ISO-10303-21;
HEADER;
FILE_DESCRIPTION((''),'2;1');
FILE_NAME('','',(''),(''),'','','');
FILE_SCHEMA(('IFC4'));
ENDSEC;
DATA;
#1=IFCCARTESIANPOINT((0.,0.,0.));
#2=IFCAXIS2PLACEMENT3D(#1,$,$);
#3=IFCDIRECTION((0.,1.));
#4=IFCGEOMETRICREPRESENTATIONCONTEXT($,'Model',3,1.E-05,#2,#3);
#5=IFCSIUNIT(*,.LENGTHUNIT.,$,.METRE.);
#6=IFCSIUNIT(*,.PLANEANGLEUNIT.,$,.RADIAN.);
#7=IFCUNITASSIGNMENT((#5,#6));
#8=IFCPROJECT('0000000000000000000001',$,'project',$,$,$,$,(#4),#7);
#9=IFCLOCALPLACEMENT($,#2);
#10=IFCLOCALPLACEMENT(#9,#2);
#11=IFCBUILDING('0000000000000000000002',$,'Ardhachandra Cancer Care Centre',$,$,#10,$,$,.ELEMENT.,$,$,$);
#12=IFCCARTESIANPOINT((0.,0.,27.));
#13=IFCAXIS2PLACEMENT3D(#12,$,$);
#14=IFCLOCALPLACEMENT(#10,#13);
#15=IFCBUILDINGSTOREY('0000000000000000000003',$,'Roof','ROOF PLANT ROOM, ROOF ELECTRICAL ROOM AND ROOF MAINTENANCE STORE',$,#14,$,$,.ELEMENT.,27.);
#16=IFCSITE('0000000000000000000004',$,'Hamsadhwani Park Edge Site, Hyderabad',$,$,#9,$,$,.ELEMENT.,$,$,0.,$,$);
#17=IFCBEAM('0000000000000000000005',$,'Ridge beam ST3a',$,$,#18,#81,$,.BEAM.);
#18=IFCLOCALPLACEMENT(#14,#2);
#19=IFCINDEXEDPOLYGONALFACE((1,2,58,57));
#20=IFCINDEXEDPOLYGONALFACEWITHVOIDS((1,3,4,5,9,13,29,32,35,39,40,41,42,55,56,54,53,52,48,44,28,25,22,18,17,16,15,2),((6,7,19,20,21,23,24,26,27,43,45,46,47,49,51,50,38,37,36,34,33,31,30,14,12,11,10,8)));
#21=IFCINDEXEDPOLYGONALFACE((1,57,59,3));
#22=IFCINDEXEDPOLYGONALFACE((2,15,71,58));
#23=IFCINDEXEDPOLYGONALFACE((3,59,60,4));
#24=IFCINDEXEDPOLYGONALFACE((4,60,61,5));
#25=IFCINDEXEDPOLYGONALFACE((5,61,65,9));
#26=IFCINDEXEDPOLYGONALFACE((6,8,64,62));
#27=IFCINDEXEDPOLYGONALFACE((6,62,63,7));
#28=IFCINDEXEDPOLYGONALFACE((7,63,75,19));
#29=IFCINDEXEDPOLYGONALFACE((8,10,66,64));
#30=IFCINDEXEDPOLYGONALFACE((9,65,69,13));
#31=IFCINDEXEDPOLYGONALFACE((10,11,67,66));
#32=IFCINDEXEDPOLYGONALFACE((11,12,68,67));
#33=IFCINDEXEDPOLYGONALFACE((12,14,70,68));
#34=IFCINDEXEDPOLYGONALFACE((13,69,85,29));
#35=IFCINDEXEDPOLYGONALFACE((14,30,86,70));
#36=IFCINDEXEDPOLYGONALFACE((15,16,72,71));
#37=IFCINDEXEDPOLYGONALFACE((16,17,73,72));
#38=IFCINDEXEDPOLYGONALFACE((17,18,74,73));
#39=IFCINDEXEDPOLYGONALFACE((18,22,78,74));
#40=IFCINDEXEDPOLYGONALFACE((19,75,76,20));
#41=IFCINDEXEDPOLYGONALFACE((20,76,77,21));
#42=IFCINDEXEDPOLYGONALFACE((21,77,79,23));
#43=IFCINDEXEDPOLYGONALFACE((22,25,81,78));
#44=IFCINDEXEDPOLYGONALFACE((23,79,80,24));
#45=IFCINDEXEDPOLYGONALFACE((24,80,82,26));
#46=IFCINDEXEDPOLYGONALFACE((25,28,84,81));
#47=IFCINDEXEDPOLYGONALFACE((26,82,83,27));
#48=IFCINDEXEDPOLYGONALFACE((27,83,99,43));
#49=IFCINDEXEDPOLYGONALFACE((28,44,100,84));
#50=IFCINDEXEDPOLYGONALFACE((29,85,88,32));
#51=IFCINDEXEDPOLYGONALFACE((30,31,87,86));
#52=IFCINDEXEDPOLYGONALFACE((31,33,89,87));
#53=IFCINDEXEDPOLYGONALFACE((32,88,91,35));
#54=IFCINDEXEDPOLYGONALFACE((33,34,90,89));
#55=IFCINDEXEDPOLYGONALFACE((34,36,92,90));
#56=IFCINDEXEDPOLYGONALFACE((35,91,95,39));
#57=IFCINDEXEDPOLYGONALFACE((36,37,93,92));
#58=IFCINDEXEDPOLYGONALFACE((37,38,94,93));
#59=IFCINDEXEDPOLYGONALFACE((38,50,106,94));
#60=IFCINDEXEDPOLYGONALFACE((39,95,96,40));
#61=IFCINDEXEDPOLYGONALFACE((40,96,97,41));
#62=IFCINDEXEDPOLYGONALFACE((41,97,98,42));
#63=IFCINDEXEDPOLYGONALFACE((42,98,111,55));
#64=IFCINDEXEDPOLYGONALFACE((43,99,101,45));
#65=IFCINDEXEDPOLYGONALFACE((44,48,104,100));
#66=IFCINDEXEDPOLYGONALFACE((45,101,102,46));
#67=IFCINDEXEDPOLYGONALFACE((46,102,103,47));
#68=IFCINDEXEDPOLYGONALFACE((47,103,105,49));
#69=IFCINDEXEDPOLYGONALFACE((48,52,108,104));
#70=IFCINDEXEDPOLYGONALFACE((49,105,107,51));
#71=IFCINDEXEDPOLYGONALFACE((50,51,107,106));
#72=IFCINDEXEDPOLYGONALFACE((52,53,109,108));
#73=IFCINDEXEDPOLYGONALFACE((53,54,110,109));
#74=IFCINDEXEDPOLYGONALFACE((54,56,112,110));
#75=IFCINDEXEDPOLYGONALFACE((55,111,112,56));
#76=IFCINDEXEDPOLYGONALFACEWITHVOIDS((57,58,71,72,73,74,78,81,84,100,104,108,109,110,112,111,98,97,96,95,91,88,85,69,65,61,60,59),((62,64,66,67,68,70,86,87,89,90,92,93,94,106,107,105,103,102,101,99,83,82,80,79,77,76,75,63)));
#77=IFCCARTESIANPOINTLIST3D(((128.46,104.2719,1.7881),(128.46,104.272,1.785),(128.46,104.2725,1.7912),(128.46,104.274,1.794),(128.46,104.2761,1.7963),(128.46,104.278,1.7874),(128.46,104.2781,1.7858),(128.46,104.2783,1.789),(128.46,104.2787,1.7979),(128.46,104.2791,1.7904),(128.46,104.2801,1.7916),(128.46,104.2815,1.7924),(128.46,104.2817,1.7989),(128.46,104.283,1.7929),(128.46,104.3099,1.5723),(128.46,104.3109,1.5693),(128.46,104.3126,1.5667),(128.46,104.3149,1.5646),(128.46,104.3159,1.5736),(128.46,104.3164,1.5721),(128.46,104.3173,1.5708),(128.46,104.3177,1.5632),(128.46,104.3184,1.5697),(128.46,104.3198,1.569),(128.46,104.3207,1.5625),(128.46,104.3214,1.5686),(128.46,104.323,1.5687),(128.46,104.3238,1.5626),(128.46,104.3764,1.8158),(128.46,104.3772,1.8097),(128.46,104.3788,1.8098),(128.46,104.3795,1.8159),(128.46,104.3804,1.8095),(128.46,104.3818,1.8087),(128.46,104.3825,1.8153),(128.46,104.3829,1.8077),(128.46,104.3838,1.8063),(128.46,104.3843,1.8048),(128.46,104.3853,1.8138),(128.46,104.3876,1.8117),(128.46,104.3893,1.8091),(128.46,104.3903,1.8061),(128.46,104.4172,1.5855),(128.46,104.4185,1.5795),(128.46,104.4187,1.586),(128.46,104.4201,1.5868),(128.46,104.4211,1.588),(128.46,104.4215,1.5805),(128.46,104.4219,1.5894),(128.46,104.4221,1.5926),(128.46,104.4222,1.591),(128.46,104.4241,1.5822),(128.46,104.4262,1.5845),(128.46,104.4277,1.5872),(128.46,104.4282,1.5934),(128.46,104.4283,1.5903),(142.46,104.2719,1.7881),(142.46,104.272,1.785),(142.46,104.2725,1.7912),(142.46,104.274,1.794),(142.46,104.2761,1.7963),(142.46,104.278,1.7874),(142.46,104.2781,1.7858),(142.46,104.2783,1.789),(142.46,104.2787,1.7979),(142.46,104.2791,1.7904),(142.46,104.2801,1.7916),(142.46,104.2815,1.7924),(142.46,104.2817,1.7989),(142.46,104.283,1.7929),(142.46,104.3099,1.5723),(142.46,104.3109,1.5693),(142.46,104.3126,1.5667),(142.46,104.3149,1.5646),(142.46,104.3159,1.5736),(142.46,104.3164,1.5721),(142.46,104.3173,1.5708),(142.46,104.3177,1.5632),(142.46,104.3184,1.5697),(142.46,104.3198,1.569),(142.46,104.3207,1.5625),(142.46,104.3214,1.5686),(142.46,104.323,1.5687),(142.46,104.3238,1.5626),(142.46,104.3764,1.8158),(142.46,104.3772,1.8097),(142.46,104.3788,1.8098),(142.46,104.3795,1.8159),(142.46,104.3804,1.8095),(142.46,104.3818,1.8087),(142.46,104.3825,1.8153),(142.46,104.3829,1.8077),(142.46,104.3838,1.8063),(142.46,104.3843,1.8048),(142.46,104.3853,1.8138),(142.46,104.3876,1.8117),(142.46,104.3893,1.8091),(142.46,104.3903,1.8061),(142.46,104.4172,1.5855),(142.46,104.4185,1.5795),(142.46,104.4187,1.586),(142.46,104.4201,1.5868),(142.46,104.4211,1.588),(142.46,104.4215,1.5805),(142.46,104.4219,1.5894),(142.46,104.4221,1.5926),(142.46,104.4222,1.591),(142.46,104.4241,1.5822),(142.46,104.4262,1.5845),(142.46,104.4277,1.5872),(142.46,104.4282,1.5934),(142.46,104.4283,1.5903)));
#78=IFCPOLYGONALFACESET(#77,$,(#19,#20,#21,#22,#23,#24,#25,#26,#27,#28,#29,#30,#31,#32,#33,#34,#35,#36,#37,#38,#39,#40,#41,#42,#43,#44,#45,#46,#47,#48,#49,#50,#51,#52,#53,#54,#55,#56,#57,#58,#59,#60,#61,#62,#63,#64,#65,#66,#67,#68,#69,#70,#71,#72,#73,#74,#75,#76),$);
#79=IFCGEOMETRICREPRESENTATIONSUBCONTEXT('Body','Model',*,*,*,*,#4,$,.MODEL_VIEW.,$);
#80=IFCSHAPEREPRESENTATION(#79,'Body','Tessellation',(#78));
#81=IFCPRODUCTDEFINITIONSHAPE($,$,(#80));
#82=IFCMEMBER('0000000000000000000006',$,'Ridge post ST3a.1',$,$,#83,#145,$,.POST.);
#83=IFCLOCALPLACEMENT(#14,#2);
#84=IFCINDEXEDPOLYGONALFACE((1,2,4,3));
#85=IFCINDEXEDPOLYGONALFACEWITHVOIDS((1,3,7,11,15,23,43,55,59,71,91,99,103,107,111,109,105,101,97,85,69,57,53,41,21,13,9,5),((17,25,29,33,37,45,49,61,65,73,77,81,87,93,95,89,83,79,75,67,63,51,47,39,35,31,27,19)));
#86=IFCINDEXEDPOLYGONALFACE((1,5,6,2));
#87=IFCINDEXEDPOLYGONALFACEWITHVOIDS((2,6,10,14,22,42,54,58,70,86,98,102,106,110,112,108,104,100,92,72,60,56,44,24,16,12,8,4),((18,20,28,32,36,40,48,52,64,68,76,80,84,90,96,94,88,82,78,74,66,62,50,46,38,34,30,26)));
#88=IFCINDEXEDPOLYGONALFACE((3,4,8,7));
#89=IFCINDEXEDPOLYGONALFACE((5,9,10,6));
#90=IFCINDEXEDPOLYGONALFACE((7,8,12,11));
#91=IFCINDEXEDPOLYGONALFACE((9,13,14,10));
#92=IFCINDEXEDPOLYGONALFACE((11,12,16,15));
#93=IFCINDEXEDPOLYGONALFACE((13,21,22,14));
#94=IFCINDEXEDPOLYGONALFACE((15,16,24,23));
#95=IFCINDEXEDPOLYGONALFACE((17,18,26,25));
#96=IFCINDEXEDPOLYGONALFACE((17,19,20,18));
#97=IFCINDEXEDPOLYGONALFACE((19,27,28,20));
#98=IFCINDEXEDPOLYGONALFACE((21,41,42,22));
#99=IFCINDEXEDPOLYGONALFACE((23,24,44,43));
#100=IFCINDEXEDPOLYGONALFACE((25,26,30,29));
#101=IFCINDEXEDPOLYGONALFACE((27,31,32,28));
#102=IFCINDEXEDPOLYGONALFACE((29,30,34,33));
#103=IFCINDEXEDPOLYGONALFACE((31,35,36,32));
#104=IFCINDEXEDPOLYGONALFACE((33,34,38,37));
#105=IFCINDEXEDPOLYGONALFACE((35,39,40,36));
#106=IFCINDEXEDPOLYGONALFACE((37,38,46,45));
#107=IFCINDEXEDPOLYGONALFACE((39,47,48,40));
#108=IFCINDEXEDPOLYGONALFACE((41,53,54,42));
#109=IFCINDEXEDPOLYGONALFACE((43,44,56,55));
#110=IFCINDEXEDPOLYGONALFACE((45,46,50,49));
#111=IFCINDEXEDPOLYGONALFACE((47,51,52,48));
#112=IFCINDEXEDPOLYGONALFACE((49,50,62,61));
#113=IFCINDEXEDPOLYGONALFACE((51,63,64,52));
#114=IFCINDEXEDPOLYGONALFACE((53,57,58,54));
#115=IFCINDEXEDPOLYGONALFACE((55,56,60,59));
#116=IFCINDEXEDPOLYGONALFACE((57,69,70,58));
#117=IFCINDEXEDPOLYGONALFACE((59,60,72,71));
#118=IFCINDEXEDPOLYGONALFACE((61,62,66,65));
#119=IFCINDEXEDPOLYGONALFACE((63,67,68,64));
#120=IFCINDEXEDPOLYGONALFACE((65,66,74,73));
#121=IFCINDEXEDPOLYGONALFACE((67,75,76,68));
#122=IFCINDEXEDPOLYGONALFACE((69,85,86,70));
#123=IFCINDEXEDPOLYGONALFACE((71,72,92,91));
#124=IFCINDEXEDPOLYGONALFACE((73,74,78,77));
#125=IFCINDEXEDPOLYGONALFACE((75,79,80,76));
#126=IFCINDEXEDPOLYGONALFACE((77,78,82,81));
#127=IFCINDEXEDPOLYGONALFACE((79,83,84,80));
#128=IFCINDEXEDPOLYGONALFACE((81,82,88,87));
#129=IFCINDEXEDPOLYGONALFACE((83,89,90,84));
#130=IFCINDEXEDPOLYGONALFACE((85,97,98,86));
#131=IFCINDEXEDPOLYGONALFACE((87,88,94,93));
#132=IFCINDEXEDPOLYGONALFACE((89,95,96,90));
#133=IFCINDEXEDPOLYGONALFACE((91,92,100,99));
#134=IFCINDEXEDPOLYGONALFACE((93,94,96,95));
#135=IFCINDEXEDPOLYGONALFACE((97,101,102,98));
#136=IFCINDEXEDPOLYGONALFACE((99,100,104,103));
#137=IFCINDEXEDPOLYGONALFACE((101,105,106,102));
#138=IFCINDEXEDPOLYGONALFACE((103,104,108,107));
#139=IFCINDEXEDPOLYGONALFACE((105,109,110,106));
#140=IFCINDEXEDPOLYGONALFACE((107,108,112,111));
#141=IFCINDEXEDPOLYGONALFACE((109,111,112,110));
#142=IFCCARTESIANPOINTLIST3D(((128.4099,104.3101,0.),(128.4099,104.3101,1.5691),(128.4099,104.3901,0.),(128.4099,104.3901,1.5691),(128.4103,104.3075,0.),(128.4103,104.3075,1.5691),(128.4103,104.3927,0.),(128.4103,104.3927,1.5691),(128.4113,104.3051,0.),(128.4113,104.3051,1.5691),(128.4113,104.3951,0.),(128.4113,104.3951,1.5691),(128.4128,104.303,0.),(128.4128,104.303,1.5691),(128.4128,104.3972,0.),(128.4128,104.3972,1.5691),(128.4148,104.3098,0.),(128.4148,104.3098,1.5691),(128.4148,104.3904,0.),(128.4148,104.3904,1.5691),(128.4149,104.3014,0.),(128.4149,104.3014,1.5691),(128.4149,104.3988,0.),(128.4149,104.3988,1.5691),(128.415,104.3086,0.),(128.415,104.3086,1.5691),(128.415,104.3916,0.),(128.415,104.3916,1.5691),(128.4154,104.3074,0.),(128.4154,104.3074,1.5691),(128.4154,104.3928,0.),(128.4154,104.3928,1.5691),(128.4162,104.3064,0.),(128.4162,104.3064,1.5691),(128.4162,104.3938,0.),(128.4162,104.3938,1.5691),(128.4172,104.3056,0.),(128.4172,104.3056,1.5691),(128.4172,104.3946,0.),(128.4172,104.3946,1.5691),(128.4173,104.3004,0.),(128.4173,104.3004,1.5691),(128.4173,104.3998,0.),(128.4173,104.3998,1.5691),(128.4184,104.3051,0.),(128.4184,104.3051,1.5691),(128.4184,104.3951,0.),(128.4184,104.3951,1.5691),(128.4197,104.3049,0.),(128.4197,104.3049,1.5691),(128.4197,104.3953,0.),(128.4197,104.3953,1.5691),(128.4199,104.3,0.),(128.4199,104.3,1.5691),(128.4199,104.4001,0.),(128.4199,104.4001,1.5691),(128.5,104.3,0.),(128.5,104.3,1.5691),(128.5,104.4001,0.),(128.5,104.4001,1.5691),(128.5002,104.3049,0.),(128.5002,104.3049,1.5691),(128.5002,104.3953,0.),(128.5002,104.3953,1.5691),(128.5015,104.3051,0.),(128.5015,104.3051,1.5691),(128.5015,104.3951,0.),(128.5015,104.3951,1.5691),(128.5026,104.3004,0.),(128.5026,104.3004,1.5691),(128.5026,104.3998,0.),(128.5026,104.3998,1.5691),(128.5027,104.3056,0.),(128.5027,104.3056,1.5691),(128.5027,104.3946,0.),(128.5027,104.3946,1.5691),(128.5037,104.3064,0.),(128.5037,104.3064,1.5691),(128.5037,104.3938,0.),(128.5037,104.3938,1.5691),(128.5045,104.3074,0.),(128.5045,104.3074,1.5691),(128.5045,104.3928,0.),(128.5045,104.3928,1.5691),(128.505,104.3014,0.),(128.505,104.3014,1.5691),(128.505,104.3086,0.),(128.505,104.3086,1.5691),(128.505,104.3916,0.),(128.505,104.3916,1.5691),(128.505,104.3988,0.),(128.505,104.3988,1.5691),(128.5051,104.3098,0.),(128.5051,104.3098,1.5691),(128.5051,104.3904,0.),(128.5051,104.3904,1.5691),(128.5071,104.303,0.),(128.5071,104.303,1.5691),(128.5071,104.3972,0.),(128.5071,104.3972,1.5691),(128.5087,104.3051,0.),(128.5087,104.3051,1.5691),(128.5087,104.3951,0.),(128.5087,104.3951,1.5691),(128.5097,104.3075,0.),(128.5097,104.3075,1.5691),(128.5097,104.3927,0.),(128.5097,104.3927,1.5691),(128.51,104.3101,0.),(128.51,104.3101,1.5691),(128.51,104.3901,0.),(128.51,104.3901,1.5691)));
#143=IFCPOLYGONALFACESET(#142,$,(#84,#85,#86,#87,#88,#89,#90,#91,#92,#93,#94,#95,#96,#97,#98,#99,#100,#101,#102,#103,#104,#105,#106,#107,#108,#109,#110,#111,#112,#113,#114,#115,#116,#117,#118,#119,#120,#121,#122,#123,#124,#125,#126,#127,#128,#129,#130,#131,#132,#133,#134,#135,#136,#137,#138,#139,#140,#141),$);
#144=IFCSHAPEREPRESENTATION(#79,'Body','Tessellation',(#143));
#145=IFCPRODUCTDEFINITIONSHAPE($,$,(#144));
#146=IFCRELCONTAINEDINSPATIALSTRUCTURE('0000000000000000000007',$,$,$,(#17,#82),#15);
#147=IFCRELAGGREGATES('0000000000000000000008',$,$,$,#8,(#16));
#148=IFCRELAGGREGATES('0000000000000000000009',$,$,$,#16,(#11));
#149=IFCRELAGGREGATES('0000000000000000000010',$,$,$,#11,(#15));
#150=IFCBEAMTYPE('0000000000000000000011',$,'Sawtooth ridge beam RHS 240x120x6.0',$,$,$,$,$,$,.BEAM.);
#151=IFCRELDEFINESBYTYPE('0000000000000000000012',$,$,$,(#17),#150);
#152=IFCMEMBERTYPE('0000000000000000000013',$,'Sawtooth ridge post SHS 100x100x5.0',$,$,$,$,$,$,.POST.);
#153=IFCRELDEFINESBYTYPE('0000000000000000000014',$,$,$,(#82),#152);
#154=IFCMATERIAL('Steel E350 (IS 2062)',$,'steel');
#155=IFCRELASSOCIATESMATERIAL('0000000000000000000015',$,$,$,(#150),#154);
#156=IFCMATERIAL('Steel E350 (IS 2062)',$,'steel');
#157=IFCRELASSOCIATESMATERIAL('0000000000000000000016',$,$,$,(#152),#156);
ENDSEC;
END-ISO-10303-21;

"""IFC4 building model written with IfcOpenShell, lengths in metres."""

from ifc_helpers import new_model, si_unit, direction, frame, origin, origin_2d, place, context, subcontext, project, spatial, hollow_rectangle, extrude, material, material_profile, profile_set, type_object, element, save


model = new_model("IFC4")

# Units and contexts
model_context = context("Model", 3, precision=1e-05, world=origin(), true_north=direction((0.0, 1.0)))
body_context = subcontext(model_context, "Body", "Model", "MODEL_VIEW")
ifc_project = project(units=[si_unit("LENGTHUNIT", "METRE"), si_unit("PLANEANGLEUNIT", "RADIAN")], contexts=[model_context])

# Site, building, storey
site_placement = place(None, origin())
site = spatial("IfcSite", under=ifc_project, at=site_placement, Name="Hamsadhwani Park Edge Site, Hyderabad", CompositionType="ELEMENT", RefElevation=0.0)
building_placement = place(site_placement, origin())
building = spatial("IfcBuilding", under=site, at=building_placement, Name="Ardhachandra Cancer Care Centre", CompositionType="ELEMENT")
storey_placement = place(building_placement, frame((0.0, 0.0, 27.0)))
storey = spatial("IfcBuildingStorey", under=building, at=storey_placement, Name="Roof", Description="ROOF PLANT ROOM, ROOF ELECTRICAL ROOM AND ROOF MAINTENANCE STORE", CompositionType="ELEMENT", Elevation=27.0)

# Beam
ifc_material_1 = material(Name="Steel E350 (IS 2062)", Category="steel")
ifc_material_profile_1 = material_profile(ifc_material_1, hollow_rectangle(XDim=0.1201, YDim=0.24, WallThickness=0.0061, InnerFilletRadius=0.0061, OuterFilletRadius=0.012, at=origin_2d()), Name="RHS 240x120x6.0")
ifc_profile_set_1 = profile_set([ifc_material_profile_1], Name="Steel E350 (IS 2062)")
beam_type = type_object("IfcBeamType", Name="Sawtooth ridge beam RHS 240x120x6.0", PredefinedType="BEAM", material=ifc_profile_set_1)
beam_placement = place(storey_placement, frame((128.46, 104.3501, 1.6892), z_axis=(1.0, 0.0, 0.0), x_axis=(0.0, 0.98446, 0.175606)))
element("IfcBeam", 1, at=beam_placement, inside=storey, type_object=beam_type, Name="Ridge beam ST3a", PredefinedType="BEAM", context=body_context, shape_type="SweptSolid", body=[
    extrude(hollow_rectangle(XDim=0.1201, YDim=0.24, WallThickness=0.0061, InnerFilletRadius=0.0061, OuterFilletRadius=0.012, at=origin_2d()), origin(), (0.0, 0.0, 1.0), 14.0),
])

# Member
ifc_material_2 = material(Name="Steel E350 (IS 2062)", Category="steel")
ifc_material_profile_2 = material_profile(ifc_material_2, hollow_rectangle(XDim=0.1001, YDim=0.1001, WallThickness=0.0049, InnerFilletRadius=0.0049, OuterFilletRadius=0.01, at=origin_2d()), Name="SHS 100x100x5.0")
ifc_profile_set_2 = profile_set([ifc_material_profile_2], Name="Steel E350 (IS 2062)")
member_type_1 = type_object("IfcMemberType", Name="Sawtooth ridge post SHS 100x100x5.0", PredefinedType="POST", material=ifc_profile_set_2)
member_1_placement = place(storey_placement, frame((128.46, 104.3501, 0.0), z_axis=(0.0, 0.0, 1.0), x_axis=(1.0, 0.0, 0.0)))
element("IfcMember", 2, at=member_1_placement, inside=storey, type_object=member_type_1, Name="Ridge post ST3a.1", PredefinedType="POST", context=body_context, shape_type="SweptSolid", body=[
    extrude(hollow_rectangle(XDim=0.1001, YDim=0.1001, WallThickness=0.0049, InnerFilletRadius=0.0049, OuterFilletRadius=0.01, at=origin_2d()), origin(), (0.0, 0.0, 1.0), 1.5691),
])

save(model, "model.ifc")
